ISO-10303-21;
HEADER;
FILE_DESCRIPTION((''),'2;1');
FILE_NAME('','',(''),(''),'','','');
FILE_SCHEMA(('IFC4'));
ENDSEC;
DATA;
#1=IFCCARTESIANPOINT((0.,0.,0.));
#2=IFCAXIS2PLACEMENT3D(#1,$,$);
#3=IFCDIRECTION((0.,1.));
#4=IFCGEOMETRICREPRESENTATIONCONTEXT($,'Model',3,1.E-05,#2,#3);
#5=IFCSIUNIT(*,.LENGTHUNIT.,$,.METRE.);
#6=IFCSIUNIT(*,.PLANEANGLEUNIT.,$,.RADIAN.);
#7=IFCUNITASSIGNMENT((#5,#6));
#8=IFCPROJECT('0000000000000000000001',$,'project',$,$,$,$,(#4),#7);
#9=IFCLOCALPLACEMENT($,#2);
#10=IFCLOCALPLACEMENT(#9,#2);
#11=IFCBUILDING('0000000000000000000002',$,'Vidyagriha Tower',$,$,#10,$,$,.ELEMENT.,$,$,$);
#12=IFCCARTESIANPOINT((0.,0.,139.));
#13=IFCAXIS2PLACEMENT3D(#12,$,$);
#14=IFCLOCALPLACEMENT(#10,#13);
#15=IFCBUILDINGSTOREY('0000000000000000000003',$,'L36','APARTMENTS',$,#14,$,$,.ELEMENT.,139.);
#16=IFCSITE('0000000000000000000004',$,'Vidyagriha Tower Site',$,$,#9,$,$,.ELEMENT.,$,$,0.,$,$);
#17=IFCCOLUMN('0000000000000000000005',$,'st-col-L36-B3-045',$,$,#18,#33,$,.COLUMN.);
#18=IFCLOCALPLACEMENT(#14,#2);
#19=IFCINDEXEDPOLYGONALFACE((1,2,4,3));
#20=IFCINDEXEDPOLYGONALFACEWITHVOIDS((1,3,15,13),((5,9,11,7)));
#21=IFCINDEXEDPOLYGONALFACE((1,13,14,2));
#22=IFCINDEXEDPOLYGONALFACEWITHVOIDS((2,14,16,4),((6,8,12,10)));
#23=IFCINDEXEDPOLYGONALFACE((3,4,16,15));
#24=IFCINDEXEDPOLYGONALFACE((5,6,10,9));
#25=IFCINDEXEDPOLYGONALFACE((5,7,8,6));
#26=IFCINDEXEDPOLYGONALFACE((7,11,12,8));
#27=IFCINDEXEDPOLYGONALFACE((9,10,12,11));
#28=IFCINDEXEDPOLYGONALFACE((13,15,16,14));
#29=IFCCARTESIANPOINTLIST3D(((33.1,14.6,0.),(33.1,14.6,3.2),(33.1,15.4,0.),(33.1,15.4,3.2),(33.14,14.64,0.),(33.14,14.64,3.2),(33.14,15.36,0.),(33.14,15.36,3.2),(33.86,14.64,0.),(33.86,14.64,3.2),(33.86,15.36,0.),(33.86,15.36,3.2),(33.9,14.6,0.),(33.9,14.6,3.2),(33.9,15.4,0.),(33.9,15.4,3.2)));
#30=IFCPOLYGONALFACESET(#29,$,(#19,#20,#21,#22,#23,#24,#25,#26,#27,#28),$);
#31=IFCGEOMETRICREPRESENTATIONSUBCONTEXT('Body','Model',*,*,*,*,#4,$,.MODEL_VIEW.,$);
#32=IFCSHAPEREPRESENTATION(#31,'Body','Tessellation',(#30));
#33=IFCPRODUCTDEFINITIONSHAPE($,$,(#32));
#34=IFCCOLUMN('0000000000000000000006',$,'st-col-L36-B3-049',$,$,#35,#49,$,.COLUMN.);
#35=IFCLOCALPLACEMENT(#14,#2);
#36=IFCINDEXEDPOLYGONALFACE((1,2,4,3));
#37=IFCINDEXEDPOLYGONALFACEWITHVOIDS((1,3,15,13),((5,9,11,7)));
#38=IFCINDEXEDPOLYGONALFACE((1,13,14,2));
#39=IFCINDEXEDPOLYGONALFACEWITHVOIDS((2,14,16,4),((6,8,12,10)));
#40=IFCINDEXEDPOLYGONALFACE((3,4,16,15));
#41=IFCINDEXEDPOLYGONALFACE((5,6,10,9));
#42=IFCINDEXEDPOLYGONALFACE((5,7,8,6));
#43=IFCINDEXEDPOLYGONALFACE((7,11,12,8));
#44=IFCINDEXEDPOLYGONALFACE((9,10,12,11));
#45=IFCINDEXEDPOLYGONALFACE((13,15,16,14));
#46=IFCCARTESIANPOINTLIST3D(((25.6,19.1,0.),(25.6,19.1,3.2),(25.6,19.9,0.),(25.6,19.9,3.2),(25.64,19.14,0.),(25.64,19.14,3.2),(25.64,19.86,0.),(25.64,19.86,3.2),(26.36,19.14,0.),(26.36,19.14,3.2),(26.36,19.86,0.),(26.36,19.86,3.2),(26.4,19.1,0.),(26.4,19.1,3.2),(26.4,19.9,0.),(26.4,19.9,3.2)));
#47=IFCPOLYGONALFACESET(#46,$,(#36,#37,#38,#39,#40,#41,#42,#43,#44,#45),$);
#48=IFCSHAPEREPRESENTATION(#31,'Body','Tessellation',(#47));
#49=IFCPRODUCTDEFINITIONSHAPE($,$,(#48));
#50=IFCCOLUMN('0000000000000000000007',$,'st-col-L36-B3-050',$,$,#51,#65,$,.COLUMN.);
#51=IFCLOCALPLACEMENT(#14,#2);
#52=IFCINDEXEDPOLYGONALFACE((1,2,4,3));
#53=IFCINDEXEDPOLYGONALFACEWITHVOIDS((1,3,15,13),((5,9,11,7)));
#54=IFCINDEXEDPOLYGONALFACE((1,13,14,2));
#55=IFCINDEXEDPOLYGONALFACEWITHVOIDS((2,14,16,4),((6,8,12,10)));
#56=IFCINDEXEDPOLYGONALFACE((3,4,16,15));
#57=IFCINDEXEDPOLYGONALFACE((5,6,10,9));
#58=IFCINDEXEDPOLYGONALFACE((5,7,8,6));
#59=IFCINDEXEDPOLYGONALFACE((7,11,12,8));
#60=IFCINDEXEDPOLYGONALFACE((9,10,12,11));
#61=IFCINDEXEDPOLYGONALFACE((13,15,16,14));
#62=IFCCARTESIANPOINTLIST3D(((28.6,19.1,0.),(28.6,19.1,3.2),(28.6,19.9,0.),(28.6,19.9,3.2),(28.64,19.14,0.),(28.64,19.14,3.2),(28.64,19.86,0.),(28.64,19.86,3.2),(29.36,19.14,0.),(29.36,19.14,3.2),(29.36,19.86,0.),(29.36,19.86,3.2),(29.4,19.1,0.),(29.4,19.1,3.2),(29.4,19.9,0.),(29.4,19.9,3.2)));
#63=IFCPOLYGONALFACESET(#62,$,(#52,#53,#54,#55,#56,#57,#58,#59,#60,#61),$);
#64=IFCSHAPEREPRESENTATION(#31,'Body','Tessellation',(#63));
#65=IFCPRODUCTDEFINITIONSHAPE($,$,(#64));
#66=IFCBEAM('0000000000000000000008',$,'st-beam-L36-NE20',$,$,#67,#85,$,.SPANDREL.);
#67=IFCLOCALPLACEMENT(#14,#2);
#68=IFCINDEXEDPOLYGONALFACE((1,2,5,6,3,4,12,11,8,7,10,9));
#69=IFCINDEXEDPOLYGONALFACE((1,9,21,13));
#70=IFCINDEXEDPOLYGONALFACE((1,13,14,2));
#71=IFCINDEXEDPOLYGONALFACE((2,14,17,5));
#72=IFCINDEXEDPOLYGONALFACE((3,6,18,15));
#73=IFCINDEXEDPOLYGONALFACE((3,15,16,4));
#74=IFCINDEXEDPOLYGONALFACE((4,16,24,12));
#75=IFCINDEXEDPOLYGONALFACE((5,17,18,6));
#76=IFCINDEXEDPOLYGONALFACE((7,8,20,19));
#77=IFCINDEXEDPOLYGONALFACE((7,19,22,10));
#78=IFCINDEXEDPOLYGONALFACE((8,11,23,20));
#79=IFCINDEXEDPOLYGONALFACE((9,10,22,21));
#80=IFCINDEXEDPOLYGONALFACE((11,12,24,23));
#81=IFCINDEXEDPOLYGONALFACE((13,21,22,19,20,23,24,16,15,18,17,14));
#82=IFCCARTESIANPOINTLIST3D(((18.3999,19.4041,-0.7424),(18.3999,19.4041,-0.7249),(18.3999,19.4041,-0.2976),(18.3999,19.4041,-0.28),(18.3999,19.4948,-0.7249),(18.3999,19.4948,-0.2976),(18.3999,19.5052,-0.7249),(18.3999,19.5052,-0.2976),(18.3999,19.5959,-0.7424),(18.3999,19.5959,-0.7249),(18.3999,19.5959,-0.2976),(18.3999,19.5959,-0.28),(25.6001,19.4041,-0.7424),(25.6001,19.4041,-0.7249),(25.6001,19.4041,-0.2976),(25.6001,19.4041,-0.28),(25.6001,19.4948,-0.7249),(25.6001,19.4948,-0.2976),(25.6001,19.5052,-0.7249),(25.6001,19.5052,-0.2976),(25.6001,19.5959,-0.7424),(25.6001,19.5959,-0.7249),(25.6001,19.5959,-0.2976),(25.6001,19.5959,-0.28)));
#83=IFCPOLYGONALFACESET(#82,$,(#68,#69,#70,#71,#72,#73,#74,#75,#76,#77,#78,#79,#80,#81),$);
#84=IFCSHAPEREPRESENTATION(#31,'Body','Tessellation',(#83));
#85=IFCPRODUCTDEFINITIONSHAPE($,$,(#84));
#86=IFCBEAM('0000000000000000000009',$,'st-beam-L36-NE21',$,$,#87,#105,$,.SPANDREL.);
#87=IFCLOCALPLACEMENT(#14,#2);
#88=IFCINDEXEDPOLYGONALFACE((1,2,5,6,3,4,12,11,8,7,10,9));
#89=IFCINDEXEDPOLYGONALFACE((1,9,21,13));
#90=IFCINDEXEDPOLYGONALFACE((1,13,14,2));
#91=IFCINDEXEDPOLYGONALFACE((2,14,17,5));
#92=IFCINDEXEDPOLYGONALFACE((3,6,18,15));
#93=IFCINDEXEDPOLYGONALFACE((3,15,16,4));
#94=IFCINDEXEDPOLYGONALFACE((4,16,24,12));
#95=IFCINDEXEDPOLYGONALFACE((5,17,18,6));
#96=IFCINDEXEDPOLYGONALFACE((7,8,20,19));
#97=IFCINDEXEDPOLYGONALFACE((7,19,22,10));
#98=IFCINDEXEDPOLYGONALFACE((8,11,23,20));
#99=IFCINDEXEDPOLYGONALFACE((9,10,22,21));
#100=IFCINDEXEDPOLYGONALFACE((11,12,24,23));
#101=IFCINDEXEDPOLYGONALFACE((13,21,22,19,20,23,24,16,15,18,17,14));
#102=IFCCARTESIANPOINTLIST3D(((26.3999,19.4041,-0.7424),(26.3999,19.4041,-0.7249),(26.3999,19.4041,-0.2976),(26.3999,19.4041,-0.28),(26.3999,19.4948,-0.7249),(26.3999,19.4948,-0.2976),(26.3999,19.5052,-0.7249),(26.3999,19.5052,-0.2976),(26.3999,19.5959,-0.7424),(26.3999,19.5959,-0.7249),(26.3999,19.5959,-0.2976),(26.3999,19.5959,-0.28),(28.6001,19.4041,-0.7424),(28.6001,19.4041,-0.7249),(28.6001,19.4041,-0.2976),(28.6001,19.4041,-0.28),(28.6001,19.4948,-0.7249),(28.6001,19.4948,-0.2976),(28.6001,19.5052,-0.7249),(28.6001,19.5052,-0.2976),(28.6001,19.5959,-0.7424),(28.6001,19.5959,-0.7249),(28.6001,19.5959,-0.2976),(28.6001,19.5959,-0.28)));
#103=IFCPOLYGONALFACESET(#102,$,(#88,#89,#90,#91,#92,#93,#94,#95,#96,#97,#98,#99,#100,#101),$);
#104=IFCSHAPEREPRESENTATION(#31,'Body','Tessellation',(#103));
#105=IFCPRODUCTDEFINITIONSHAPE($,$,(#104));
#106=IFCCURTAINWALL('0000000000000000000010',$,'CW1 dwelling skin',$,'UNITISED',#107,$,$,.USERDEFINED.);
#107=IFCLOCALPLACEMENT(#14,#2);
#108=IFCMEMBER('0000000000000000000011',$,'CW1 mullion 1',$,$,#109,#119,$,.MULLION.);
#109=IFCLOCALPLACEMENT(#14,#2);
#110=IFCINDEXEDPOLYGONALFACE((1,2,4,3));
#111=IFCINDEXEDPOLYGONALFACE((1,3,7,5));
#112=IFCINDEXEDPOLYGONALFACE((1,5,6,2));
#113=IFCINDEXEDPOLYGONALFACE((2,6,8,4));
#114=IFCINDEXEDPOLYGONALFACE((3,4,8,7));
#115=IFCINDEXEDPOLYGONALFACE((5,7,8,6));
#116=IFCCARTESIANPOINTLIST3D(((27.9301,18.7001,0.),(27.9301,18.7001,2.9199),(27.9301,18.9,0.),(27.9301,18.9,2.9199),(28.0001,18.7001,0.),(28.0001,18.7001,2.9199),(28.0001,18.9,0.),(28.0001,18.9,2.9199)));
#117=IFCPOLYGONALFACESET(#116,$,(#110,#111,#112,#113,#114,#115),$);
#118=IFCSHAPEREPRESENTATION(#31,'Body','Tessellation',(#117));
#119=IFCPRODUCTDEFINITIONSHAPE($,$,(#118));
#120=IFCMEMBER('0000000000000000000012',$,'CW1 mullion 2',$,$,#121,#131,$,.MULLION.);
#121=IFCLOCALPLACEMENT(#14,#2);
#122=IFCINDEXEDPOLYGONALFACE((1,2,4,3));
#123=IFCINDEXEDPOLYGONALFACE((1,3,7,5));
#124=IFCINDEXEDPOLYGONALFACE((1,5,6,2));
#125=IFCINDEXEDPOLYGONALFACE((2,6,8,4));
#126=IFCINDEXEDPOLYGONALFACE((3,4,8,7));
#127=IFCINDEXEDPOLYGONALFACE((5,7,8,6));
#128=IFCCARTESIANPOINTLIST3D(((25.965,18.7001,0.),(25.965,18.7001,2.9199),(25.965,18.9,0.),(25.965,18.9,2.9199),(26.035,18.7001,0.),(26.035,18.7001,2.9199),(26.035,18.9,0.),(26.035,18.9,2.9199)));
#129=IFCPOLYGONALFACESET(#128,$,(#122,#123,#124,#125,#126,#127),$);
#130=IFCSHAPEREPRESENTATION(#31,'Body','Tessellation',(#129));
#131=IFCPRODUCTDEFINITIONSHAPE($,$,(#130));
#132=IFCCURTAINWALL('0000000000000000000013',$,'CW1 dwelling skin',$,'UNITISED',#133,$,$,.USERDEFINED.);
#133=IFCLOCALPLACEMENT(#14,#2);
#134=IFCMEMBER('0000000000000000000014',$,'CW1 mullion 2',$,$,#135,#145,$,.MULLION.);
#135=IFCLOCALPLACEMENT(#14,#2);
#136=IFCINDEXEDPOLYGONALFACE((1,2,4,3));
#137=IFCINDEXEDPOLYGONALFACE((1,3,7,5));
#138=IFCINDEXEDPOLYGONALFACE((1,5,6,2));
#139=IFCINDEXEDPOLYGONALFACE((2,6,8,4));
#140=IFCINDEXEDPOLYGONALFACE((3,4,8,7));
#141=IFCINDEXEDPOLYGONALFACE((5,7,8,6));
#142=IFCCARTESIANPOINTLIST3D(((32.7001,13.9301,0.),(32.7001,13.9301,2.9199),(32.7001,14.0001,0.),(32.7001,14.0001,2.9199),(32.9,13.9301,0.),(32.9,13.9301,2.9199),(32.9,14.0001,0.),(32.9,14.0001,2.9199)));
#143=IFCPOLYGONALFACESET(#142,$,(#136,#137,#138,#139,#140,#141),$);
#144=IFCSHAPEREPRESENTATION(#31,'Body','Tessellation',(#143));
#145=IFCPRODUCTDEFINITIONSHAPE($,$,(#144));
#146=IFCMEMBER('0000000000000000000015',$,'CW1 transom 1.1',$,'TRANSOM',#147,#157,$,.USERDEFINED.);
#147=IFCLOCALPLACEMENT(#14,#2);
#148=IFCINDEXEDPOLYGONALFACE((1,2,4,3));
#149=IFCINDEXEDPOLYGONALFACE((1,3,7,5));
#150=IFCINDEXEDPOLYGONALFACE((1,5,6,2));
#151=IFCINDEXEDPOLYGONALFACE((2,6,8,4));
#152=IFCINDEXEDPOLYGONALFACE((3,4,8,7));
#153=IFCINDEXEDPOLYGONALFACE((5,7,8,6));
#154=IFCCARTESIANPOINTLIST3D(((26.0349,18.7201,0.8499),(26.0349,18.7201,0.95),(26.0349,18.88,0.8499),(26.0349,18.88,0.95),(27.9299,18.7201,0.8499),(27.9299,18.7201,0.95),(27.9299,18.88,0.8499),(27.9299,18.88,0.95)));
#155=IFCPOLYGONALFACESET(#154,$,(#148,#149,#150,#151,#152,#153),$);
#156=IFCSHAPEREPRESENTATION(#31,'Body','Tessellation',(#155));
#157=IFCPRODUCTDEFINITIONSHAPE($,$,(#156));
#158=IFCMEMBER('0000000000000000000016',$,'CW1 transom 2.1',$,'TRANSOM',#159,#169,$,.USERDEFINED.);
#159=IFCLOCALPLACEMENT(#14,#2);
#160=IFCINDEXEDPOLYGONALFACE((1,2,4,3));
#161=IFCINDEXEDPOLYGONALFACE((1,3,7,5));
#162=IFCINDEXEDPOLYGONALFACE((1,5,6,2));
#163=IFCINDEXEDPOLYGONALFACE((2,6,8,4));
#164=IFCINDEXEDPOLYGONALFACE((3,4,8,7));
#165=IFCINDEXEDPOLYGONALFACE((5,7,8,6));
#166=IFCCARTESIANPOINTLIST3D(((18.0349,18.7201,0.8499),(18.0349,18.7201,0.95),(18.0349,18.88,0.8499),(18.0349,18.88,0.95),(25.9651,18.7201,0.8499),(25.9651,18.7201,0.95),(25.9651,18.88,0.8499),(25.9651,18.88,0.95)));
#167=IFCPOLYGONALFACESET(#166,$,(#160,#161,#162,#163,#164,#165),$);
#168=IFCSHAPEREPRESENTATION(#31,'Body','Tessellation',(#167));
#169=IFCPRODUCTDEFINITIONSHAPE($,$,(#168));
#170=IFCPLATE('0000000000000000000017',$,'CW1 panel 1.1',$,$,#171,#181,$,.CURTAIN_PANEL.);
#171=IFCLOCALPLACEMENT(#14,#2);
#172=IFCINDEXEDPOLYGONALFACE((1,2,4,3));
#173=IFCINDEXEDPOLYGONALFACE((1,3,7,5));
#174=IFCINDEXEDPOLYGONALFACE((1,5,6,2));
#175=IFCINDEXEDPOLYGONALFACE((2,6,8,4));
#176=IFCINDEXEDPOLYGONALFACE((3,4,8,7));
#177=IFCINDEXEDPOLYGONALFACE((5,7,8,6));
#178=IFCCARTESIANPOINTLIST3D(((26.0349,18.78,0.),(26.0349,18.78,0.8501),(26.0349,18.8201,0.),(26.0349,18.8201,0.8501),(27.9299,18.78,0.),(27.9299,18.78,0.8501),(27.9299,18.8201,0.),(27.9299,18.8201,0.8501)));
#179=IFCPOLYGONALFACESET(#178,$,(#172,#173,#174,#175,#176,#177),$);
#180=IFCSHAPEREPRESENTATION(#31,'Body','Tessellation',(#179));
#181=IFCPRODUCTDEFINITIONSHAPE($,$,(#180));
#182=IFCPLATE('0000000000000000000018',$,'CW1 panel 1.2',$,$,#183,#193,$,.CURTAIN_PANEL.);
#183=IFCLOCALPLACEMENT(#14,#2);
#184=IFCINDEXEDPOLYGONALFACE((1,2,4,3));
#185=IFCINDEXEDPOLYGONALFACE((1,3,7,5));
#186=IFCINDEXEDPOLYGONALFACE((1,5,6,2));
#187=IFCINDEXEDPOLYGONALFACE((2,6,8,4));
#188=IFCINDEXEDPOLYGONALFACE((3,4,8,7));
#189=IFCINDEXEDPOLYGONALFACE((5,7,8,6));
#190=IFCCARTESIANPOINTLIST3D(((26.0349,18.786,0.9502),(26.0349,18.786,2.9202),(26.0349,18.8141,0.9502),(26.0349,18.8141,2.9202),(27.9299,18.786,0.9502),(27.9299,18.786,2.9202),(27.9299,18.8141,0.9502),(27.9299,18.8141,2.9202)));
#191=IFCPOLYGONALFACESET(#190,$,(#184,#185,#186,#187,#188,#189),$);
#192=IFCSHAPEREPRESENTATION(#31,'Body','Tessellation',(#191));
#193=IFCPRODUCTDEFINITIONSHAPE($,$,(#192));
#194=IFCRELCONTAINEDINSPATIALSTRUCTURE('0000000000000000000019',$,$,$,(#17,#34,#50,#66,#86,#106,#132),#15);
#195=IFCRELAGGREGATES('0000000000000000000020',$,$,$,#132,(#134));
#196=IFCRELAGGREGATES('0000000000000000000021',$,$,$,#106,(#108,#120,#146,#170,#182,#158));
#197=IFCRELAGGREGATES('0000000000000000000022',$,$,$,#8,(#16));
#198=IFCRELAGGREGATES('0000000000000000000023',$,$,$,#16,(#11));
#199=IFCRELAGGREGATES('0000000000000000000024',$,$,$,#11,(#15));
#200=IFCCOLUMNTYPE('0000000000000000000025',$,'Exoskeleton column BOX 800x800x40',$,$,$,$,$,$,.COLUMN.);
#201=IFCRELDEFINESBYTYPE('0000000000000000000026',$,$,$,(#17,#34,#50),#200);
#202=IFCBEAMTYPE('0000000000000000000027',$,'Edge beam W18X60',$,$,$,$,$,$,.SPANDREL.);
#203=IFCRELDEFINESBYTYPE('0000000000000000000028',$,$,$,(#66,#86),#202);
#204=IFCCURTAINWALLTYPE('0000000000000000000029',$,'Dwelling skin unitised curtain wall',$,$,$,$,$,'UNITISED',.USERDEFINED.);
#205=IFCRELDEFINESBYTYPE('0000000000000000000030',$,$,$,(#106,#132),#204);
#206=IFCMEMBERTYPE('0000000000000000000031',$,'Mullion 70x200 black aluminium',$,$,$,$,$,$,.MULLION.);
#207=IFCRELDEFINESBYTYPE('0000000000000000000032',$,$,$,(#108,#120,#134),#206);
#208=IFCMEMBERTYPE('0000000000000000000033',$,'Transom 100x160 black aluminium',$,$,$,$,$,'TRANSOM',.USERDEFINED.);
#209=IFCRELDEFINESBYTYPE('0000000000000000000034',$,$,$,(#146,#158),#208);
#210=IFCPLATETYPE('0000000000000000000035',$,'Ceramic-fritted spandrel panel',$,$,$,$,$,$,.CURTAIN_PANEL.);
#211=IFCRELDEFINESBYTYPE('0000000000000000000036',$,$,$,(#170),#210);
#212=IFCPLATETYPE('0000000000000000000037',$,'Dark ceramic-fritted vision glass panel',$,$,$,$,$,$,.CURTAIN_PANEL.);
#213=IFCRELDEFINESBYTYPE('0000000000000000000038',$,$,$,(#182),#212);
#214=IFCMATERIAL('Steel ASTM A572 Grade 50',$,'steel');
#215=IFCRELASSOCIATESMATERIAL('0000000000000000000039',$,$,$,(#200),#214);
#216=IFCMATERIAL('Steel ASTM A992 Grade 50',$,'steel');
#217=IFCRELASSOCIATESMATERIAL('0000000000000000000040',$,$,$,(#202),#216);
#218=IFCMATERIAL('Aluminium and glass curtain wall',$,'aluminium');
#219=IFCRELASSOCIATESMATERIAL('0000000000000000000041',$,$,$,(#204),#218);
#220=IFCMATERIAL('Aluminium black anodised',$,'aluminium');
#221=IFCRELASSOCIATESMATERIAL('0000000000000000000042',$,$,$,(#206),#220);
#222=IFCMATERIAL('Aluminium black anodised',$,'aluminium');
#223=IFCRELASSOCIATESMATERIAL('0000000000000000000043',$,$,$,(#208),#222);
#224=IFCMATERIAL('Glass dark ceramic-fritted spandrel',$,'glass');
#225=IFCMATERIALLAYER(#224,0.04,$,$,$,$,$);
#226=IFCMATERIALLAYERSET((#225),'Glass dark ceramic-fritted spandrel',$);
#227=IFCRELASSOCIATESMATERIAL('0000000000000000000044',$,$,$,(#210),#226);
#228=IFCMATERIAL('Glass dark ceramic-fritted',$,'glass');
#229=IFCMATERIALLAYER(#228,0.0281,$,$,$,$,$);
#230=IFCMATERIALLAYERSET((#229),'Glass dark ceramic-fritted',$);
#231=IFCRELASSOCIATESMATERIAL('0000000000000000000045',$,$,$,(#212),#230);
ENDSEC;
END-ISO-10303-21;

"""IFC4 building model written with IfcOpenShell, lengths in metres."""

from ifc_helpers import new_model, si_unit, direction, frame, origin, origin_2d, place, context, subcontext, project, spatial, rectangle, hollow_rectangle, i_section, extrude, material, layer, layer_set, material_profile, profile_set, type_object, element, aggregate, save


model = new_model("IFC4")

# Units and contexts
model_context = context("Model", 3, precision=1e-05, world=origin(), true_north=direction((0.0, 1.0)))
body_context = subcontext(model_context, "Body", "Model", "MODEL_VIEW")
ifc_project = project(units=[si_unit("LENGTHUNIT", "METRE"), si_unit("PLANEANGLEUNIT", "RADIAN")], contexts=[model_context])

# Site, building, storey
site_placement = place(None, origin())
site = spatial("IfcSite", under=ifc_project, at=site_placement, Name="Vidyagriha Tower Site", CompositionType="ELEMENT", RefElevation=0.0)
building_placement = place(site_placement, origin())
building = spatial("IfcBuilding", under=site, at=building_placement, Name="Vidyagriha Tower", CompositionType="ELEMENT")
storey_placement = place(building_placement, frame((0.0, 0.0, 139.0)))
storey = spatial("IfcBuildingStorey", under=building, at=storey_placement, Name="L36", Description="APARTMENTS", CompositionType="ELEMENT", Elevation=139.0)

# Columns
ifc_material_1 = material(Name="Steel ASTM A572 Grade 50", Category="steel")
ifc_material_profile_1 = material_profile(ifc_material_1, hollow_rectangle(XDim=0.8, YDim=0.8, WallThickness=0.04, at=origin_2d()), Name="BOX 800x800x40")
ifc_profile_set_1 = profile_set([ifc_material_profile_1], Name="Steel ASTM A572 Grade 50")
column_type = type_object("IfcColumnType", Name="Exoskeleton column BOX 800x800x40", PredefinedType="COLUMN", material=ifc_profile_set_1)
for number, where, name in (
    (1, (33.5, 15.0, 0.0), "st-col-L36-B3-045"),
    (2, (26.0, 19.5, 0.0), "st-col-L36-B3-049"),
    (3, (29.0, 19.5, 0.0), "st-col-L36-B3-050"),
):
    element("IfcColumn", number, at=place(storey_placement, frame(where)), inside=storey, type_object=column_type, Name=name, PredefinedType="COLUMN", context=body_context, shape_type="SweptSolid", body=[
        extrude(hollow_rectangle(XDim=0.8, YDim=0.8, WallThickness=0.04, at=origin_2d()), origin(), (0.0, 0.0, 1.0), 3.2),
    ])

# Beams
ifc_material_2 = material(Name="Steel ASTM A992 Grade 50", Category="steel")
ifc_material_profile_2 = material_profile(ifc_material_2, i_section(OverallWidth=0.1919, OverallDepth=0.4624, WebThickness=0.0105, FlangeThickness=0.0176, at=origin_2d()), Name="W18X60")
ifc_profile_set_2 = profile_set([ifc_material_profile_2], Name="Steel ASTM A992 Grade 50")
beam_type = type_object("IfcBeamType", Name="Edge beam W18X60", PredefinedType="SPANDREL", material=ifc_profile_set_2)
beam_1_placement = place(storey_placement, frame((18.3999, 19.5, -0.5112), z_axis=(1.0, 0.0, 0.0), x_axis=(0.0, 1.0, 0.0)))
element("IfcBeam", 4, at=beam_1_placement, inside=storey, type_object=beam_type, Name="st-beam-L36-NE20", PredefinedType="SPANDREL", context=body_context, shape_type="SweptSolid", body=[
    extrude(i_section(OverallWidth=0.1919, OverallDepth=0.4624, WebThickness=0.0105, FlangeThickness=0.0176, at=origin_2d()), origin(), (0.0, 0.0, 1.0), 7.2002),
])
beam_2_placement = place(storey_placement, frame((26.3999, 19.5, -0.5112), z_axis=(1.0, 0.0, 0.0), x_axis=(0.0, 1.0, 0.0)))
element("IfcBeam", 5, at=beam_2_placement, inside=storey, type_object=beam_type, Name="st-beam-L36-NE21", PredefinedType="SPANDREL", context=body_context, shape_type="SweptSolid", body=[
    extrude(i_section(OverallWidth=0.1919, OverallDepth=0.4624, WebThickness=0.0105, FlangeThickness=0.0176, at=origin_2d()), origin(), (0.0, 0.0, 1.0), 2.2002),
])

# Curtain wall, members
ifc_material_3 = material(Name="Aluminium and glass curtain wall", Category="aluminium")
curtain_wall_type = type_object("IfcCurtainWallType", Name="Dwelling skin unitised curtain wall", ElementType="UNITISED", PredefinedType="USERDEFINED", material=ifc_material_3)
curtain_wall_1_placement = place(storey_placement, origin())
curtain_wall_1 = element("IfcCurtainWall", 6, at=curtain_wall_1_placement, inside=storey, type_object=curtain_wall_type, Name="CW1 dwelling skin", ObjectType="UNITISED", PredefinedType="USERDEFINED")
ifc_material_4 = material(Name="Aluminium black anodised", Category="aluminium")
ifc_material_profile_3 = material_profile(ifc_material_4, rectangle(XDim=0.2, YDim=0.0701, at=origin_2d()), Name="Mullion 70x200 black aluminium")
ifc_profile_set_3 = profile_set([ifc_material_profile_3], Name="Aluminium black anodised")
member_type_1 = type_object("IfcMemberType", Name="Mullion 70x200 black aluminium", PredefinedType="MULLION", material=ifc_profile_set_3)
member_1_placement = place(storey_placement, frame((27.9651, 18.8, 0.0), z_axis=(0.0, 0.0, 1.0), x_axis=(0.0, -1.0, 0.0)))
member_1 = element("IfcMember", 7, at=member_1_placement, type_object=member_type_1, Name="CW1 mullion 1", PredefinedType="MULLION", context=body_context, shape_type="SweptSolid", body=[
    extrude(rectangle(XDim=0.2, YDim=0.0701, at=origin_2d()), origin(), (0.0, 0.0, 1.0), 2.9199),
])
member_2_placement = place(storey_placement, frame((26.0, 18.8, 0.0), z_axis=(0.0, 0.0, 1.0), x_axis=(0.0, -1.0, 0.0)))
member_2 = element("IfcMember", 8, at=member_2_placement, type_object=member_type_1, Name="CW1 mullion 2", PredefinedType="MULLION", context=body_context, shape_type="SweptSolid", body=[
    extrude(rectangle(XDim=0.2, YDim=0.0701, at=origin_2d()), origin(), (0.0, 0.0, 1.0), 2.9199),
])

# Curtain wall, member
curtain_wall_2_placement = place(storey_placement, origin())
curtain_wall_2 = element("IfcCurtainWall", 9, at=curtain_wall_2_placement, inside=storey, type_object=curtain_wall_type, Name="CW1 dwelling skin", ObjectType="UNITISED", PredefinedType="USERDEFINED")
member_3_placement = place(storey_placement, frame((32.8, 13.9651, 0.0), z_axis=(0.0, 0.0, 1.0), x_axis=(-1.0, 0.0, 0.0)))
member_3 = element("IfcMember", 10, at=member_3_placement, type_object=member_type_1, Name="CW1 mullion 2", PredefinedType="MULLION", context=body_context, shape_type="SweptSolid", body=[
    extrude(rectangle(XDim=0.2, YDim=0.0701, at=origin_2d()), origin(), (0.0, 0.0, 1.0), 2.9199),
])

# Members
ifc_material_5 = material(Name="Aluminium black anodised", Category="aluminium")
ifc_material_profile_4 = material_profile(ifc_material_5, rectangle(XDim=0.1599, YDim=0.1001, at=origin_2d()), Name="Transom 100x160 black aluminium")
ifc_profile_set_4 = profile_set([ifc_material_profile_4], Name="Aluminium black anodised")
member_type_2 = type_object("IfcMemberType", Name="Transom 100x160 black aluminium", ElementType="TRANSOM", PredefinedType="USERDEFINED", material=ifc_profile_set_4)
member_4_placement = place(storey_placement, frame((27.9299, 18.8, 0.8999), z_axis=(-1.0, 0.0, 0.0), x_axis=(0.0, -1.0, 0.0)))
member_4 = element("IfcMember", 11, at=member_4_placement, type_object=member_type_2, Name="CW1 transom 1.1", ObjectType="TRANSOM", PredefinedType="USERDEFINED", context=body_context, shape_type="SweptSolid", body=[
    extrude(rectangle(XDim=0.1599, YDim=0.1001, at=origin_2d()), origin(), (0.0, 0.0, 1.0), 1.895),
])
member_5_placement = place(storey_placement, frame((25.9651, 18.8, 0.8999), z_axis=(-1.0, 0.0, 0.0), x_axis=(0.0, -1.0, 0.0)))
member_5 = element("IfcMember", 12, at=member_5_placement, type_object=member_type_2, Name="CW1 transom 2.1", ObjectType="TRANSOM", PredefinedType="USERDEFINED", context=body_context, shape_type="SweptSolid", body=[
    extrude(rectangle(XDim=0.1599, YDim=0.1001, at=origin_2d()), origin(), (0.0, 0.0, 1.0), 7.9302),
])

# Plates
ifc_material_6 = material(Name="Glass dark ceramic-fritted spandrel", Category="glass")
ifc_layer_1 = layer(ifc_material_6, 0.04)
ifc_layer_set_1 = layer_set([ifc_layer_1], Name="Glass dark ceramic-fritted spandrel")
plate_type_1 = type_object("IfcPlateType", Name="Ceramic-fritted spandrel panel", PredefinedType="CURTAIN_PANEL", material=ifc_layer_set_1)
plate_1_placement = place(storey_placement, frame((26.9824, 18.8, 0.0), z_axis=(0.0, 0.0, 1.0), x_axis=(-1.0, 0.0, 0.0)))
plate_1 = element("IfcPlate", 13, at=plate_1_placement, type_object=plate_type_1, Name="CW1 panel 1.1", PredefinedType="CURTAIN_PANEL", context=body_context, shape_type="SweptSolid", body=[
    extrude(rectangle(XDim=1.895, YDim=0.04, at=origin_2d()), origin(), (0.0, 0.0, 1.0), 0.8501),
])
ifc_material_7 = material(Name="Glass dark ceramic-fritted", Category="glass")
ifc_layer_2 = layer(ifc_material_7, 0.0281)
ifc_layer_set_2 = layer_set([ifc_layer_2], Name="Glass dark ceramic-fritted")
plate_type_2 = type_object("IfcPlateType", Name="Dark ceramic-fritted vision glass panel", PredefinedType="CURTAIN_PANEL", material=ifc_layer_set_2)
plate_2_placement = place(storey_placement, frame((26.9824, 18.8, 0.9502), z_axis=(0.0, 0.0, 1.0), x_axis=(-1.0, 0.0, 0.0)))
plate_2 = element("IfcPlate", 14, at=plate_2_placement, type_object=plate_type_2, Name="CW1 panel 1.2", PredefinedType="CURTAIN_PANEL", context=body_context, shape_type="SweptSolid", body=[
    extrude(rectangle(XDim=1.895, YDim=0.0281, at=origin_2d()), origin(), (0.0, 0.0, 1.0), 1.97),
])
aggregate(curtain_wall_2, [member_3])
aggregate(curtain_wall_1, [member_1, member_2, member_4, plate_1, plate_2, member_5])

save(model, "model.ifc")
